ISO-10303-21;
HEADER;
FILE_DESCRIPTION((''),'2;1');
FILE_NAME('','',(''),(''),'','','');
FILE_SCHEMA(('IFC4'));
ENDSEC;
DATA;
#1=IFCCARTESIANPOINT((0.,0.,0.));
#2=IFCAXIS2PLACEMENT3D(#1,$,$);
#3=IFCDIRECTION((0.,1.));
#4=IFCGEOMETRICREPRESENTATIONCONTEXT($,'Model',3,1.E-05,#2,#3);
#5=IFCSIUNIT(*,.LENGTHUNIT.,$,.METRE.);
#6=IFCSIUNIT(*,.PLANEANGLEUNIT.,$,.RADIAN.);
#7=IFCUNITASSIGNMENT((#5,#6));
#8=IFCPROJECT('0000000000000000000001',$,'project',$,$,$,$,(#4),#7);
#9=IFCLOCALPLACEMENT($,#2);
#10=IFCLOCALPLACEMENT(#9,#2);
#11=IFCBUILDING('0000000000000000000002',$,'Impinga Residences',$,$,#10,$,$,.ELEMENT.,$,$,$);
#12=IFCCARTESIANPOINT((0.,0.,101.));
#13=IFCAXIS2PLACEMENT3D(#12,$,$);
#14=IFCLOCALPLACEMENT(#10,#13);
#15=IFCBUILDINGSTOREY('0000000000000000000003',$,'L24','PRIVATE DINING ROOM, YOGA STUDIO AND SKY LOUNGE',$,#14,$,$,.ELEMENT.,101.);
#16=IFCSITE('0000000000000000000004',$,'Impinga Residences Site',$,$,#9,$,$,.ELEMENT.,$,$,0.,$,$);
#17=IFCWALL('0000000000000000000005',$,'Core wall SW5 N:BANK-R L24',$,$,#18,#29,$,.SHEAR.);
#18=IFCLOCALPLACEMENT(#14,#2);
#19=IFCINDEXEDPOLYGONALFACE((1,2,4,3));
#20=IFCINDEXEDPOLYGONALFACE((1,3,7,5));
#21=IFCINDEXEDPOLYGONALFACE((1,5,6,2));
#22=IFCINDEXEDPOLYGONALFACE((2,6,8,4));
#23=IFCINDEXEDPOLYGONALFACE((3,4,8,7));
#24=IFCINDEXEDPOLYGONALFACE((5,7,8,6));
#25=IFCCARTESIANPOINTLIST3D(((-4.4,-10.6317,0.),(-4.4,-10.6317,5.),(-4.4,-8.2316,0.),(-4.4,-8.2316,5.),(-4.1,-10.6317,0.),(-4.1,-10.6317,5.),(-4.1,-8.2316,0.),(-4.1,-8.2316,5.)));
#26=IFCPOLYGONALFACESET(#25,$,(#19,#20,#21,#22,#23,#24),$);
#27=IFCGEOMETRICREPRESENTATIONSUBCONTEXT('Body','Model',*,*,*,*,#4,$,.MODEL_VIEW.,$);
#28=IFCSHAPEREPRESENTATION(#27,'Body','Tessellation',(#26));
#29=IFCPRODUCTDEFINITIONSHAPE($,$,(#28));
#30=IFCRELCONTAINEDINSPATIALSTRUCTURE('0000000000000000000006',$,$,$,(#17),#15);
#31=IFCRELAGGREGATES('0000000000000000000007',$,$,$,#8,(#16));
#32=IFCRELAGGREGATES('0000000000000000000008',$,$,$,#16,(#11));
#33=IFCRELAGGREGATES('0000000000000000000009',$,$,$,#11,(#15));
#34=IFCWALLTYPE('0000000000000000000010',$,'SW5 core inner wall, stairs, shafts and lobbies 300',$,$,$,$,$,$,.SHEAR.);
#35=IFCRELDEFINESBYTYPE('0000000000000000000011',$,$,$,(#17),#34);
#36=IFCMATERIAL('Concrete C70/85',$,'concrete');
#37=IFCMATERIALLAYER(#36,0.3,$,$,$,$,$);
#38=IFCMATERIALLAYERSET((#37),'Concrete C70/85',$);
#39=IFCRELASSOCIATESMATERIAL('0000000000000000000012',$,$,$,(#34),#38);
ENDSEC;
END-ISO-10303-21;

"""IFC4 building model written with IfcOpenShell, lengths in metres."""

from ifc_helpers import new_model, si_unit, direction, frame, frame_2d, origin, place, context, subcontext, project, spatial, rectangle, extrude, material, layer, layer_set, type_object, element, save


model = new_model("IFC4")

# Units and contexts
model_context = context("Model", 3, precision=1e-05, world=origin(), true_north=direction((0.0, 1.0)))
body_context = subcontext(model_context, "Body", "Model", "MODEL_VIEW")
ifc_project = project(units=[si_unit("LENGTHUNIT", "METRE"), si_unit("PLANEANGLEUNIT", "RADIAN")], contexts=[model_context])

# Site, building, storey
site_placement = place(None, origin())
site = spatial("IfcSite", under=ifc_project, at=site_placement, Name="Impinga Residences Site", CompositionType="ELEMENT", RefElevation=0.0)
building_placement = place(site_placement, origin())
building = spatial("IfcBuilding", under=site, at=building_placement, Name="Impinga Residences", CompositionType="ELEMENT")
storey_placement = place(building_placement, frame((0.0, 0.0, 101.0)))
storey = spatial("IfcBuildingStorey", under=building, at=storey_placement, Name="L24", Description="PRIVATE DINING ROOM, YOGA STUDIO AND SKY LOUNGE", CompositionType="ELEMENT", Elevation=101.0)

# Shared definitions
ifc_material_1 = material(Name="Concrete C70/85", Category="concrete")
ifc_layer_1 = layer(ifc_material_1, 0.3)
ifc_layer_set_1 = layer_set([ifc_layer_1], Name="Concrete C70/85")
wall_type_1 = type_object("IfcWallType", Name="SW5 core inner wall, stairs, shafts and lobbies 300", PredefinedType="SHEAR", material=ifc_layer_set_1)

# Wall
wall_1_placement = place(storey_placement, frame((-4.25, -8.2314, 0.0), z_axis=(0.0, 0.0, 1.0), x_axis=(0.0, -1.0, 0.0)))
element("IfcWall", 1, at=wall_1_placement, inside=storey, type_object=wall_type_1, Name="Core wall SW5 N:BANK-R L24", PredefinedType="SHEAR", context=body_context, shape_type="SweptSolid", body=[
    extrude(rectangle(XDim=2.4001, YDim=0.3, at=frame_2d((1.2002, 0.0))), origin(), (0.0, 0.0, 1.0), 5.0),
])

save(model, "model.ifc")
